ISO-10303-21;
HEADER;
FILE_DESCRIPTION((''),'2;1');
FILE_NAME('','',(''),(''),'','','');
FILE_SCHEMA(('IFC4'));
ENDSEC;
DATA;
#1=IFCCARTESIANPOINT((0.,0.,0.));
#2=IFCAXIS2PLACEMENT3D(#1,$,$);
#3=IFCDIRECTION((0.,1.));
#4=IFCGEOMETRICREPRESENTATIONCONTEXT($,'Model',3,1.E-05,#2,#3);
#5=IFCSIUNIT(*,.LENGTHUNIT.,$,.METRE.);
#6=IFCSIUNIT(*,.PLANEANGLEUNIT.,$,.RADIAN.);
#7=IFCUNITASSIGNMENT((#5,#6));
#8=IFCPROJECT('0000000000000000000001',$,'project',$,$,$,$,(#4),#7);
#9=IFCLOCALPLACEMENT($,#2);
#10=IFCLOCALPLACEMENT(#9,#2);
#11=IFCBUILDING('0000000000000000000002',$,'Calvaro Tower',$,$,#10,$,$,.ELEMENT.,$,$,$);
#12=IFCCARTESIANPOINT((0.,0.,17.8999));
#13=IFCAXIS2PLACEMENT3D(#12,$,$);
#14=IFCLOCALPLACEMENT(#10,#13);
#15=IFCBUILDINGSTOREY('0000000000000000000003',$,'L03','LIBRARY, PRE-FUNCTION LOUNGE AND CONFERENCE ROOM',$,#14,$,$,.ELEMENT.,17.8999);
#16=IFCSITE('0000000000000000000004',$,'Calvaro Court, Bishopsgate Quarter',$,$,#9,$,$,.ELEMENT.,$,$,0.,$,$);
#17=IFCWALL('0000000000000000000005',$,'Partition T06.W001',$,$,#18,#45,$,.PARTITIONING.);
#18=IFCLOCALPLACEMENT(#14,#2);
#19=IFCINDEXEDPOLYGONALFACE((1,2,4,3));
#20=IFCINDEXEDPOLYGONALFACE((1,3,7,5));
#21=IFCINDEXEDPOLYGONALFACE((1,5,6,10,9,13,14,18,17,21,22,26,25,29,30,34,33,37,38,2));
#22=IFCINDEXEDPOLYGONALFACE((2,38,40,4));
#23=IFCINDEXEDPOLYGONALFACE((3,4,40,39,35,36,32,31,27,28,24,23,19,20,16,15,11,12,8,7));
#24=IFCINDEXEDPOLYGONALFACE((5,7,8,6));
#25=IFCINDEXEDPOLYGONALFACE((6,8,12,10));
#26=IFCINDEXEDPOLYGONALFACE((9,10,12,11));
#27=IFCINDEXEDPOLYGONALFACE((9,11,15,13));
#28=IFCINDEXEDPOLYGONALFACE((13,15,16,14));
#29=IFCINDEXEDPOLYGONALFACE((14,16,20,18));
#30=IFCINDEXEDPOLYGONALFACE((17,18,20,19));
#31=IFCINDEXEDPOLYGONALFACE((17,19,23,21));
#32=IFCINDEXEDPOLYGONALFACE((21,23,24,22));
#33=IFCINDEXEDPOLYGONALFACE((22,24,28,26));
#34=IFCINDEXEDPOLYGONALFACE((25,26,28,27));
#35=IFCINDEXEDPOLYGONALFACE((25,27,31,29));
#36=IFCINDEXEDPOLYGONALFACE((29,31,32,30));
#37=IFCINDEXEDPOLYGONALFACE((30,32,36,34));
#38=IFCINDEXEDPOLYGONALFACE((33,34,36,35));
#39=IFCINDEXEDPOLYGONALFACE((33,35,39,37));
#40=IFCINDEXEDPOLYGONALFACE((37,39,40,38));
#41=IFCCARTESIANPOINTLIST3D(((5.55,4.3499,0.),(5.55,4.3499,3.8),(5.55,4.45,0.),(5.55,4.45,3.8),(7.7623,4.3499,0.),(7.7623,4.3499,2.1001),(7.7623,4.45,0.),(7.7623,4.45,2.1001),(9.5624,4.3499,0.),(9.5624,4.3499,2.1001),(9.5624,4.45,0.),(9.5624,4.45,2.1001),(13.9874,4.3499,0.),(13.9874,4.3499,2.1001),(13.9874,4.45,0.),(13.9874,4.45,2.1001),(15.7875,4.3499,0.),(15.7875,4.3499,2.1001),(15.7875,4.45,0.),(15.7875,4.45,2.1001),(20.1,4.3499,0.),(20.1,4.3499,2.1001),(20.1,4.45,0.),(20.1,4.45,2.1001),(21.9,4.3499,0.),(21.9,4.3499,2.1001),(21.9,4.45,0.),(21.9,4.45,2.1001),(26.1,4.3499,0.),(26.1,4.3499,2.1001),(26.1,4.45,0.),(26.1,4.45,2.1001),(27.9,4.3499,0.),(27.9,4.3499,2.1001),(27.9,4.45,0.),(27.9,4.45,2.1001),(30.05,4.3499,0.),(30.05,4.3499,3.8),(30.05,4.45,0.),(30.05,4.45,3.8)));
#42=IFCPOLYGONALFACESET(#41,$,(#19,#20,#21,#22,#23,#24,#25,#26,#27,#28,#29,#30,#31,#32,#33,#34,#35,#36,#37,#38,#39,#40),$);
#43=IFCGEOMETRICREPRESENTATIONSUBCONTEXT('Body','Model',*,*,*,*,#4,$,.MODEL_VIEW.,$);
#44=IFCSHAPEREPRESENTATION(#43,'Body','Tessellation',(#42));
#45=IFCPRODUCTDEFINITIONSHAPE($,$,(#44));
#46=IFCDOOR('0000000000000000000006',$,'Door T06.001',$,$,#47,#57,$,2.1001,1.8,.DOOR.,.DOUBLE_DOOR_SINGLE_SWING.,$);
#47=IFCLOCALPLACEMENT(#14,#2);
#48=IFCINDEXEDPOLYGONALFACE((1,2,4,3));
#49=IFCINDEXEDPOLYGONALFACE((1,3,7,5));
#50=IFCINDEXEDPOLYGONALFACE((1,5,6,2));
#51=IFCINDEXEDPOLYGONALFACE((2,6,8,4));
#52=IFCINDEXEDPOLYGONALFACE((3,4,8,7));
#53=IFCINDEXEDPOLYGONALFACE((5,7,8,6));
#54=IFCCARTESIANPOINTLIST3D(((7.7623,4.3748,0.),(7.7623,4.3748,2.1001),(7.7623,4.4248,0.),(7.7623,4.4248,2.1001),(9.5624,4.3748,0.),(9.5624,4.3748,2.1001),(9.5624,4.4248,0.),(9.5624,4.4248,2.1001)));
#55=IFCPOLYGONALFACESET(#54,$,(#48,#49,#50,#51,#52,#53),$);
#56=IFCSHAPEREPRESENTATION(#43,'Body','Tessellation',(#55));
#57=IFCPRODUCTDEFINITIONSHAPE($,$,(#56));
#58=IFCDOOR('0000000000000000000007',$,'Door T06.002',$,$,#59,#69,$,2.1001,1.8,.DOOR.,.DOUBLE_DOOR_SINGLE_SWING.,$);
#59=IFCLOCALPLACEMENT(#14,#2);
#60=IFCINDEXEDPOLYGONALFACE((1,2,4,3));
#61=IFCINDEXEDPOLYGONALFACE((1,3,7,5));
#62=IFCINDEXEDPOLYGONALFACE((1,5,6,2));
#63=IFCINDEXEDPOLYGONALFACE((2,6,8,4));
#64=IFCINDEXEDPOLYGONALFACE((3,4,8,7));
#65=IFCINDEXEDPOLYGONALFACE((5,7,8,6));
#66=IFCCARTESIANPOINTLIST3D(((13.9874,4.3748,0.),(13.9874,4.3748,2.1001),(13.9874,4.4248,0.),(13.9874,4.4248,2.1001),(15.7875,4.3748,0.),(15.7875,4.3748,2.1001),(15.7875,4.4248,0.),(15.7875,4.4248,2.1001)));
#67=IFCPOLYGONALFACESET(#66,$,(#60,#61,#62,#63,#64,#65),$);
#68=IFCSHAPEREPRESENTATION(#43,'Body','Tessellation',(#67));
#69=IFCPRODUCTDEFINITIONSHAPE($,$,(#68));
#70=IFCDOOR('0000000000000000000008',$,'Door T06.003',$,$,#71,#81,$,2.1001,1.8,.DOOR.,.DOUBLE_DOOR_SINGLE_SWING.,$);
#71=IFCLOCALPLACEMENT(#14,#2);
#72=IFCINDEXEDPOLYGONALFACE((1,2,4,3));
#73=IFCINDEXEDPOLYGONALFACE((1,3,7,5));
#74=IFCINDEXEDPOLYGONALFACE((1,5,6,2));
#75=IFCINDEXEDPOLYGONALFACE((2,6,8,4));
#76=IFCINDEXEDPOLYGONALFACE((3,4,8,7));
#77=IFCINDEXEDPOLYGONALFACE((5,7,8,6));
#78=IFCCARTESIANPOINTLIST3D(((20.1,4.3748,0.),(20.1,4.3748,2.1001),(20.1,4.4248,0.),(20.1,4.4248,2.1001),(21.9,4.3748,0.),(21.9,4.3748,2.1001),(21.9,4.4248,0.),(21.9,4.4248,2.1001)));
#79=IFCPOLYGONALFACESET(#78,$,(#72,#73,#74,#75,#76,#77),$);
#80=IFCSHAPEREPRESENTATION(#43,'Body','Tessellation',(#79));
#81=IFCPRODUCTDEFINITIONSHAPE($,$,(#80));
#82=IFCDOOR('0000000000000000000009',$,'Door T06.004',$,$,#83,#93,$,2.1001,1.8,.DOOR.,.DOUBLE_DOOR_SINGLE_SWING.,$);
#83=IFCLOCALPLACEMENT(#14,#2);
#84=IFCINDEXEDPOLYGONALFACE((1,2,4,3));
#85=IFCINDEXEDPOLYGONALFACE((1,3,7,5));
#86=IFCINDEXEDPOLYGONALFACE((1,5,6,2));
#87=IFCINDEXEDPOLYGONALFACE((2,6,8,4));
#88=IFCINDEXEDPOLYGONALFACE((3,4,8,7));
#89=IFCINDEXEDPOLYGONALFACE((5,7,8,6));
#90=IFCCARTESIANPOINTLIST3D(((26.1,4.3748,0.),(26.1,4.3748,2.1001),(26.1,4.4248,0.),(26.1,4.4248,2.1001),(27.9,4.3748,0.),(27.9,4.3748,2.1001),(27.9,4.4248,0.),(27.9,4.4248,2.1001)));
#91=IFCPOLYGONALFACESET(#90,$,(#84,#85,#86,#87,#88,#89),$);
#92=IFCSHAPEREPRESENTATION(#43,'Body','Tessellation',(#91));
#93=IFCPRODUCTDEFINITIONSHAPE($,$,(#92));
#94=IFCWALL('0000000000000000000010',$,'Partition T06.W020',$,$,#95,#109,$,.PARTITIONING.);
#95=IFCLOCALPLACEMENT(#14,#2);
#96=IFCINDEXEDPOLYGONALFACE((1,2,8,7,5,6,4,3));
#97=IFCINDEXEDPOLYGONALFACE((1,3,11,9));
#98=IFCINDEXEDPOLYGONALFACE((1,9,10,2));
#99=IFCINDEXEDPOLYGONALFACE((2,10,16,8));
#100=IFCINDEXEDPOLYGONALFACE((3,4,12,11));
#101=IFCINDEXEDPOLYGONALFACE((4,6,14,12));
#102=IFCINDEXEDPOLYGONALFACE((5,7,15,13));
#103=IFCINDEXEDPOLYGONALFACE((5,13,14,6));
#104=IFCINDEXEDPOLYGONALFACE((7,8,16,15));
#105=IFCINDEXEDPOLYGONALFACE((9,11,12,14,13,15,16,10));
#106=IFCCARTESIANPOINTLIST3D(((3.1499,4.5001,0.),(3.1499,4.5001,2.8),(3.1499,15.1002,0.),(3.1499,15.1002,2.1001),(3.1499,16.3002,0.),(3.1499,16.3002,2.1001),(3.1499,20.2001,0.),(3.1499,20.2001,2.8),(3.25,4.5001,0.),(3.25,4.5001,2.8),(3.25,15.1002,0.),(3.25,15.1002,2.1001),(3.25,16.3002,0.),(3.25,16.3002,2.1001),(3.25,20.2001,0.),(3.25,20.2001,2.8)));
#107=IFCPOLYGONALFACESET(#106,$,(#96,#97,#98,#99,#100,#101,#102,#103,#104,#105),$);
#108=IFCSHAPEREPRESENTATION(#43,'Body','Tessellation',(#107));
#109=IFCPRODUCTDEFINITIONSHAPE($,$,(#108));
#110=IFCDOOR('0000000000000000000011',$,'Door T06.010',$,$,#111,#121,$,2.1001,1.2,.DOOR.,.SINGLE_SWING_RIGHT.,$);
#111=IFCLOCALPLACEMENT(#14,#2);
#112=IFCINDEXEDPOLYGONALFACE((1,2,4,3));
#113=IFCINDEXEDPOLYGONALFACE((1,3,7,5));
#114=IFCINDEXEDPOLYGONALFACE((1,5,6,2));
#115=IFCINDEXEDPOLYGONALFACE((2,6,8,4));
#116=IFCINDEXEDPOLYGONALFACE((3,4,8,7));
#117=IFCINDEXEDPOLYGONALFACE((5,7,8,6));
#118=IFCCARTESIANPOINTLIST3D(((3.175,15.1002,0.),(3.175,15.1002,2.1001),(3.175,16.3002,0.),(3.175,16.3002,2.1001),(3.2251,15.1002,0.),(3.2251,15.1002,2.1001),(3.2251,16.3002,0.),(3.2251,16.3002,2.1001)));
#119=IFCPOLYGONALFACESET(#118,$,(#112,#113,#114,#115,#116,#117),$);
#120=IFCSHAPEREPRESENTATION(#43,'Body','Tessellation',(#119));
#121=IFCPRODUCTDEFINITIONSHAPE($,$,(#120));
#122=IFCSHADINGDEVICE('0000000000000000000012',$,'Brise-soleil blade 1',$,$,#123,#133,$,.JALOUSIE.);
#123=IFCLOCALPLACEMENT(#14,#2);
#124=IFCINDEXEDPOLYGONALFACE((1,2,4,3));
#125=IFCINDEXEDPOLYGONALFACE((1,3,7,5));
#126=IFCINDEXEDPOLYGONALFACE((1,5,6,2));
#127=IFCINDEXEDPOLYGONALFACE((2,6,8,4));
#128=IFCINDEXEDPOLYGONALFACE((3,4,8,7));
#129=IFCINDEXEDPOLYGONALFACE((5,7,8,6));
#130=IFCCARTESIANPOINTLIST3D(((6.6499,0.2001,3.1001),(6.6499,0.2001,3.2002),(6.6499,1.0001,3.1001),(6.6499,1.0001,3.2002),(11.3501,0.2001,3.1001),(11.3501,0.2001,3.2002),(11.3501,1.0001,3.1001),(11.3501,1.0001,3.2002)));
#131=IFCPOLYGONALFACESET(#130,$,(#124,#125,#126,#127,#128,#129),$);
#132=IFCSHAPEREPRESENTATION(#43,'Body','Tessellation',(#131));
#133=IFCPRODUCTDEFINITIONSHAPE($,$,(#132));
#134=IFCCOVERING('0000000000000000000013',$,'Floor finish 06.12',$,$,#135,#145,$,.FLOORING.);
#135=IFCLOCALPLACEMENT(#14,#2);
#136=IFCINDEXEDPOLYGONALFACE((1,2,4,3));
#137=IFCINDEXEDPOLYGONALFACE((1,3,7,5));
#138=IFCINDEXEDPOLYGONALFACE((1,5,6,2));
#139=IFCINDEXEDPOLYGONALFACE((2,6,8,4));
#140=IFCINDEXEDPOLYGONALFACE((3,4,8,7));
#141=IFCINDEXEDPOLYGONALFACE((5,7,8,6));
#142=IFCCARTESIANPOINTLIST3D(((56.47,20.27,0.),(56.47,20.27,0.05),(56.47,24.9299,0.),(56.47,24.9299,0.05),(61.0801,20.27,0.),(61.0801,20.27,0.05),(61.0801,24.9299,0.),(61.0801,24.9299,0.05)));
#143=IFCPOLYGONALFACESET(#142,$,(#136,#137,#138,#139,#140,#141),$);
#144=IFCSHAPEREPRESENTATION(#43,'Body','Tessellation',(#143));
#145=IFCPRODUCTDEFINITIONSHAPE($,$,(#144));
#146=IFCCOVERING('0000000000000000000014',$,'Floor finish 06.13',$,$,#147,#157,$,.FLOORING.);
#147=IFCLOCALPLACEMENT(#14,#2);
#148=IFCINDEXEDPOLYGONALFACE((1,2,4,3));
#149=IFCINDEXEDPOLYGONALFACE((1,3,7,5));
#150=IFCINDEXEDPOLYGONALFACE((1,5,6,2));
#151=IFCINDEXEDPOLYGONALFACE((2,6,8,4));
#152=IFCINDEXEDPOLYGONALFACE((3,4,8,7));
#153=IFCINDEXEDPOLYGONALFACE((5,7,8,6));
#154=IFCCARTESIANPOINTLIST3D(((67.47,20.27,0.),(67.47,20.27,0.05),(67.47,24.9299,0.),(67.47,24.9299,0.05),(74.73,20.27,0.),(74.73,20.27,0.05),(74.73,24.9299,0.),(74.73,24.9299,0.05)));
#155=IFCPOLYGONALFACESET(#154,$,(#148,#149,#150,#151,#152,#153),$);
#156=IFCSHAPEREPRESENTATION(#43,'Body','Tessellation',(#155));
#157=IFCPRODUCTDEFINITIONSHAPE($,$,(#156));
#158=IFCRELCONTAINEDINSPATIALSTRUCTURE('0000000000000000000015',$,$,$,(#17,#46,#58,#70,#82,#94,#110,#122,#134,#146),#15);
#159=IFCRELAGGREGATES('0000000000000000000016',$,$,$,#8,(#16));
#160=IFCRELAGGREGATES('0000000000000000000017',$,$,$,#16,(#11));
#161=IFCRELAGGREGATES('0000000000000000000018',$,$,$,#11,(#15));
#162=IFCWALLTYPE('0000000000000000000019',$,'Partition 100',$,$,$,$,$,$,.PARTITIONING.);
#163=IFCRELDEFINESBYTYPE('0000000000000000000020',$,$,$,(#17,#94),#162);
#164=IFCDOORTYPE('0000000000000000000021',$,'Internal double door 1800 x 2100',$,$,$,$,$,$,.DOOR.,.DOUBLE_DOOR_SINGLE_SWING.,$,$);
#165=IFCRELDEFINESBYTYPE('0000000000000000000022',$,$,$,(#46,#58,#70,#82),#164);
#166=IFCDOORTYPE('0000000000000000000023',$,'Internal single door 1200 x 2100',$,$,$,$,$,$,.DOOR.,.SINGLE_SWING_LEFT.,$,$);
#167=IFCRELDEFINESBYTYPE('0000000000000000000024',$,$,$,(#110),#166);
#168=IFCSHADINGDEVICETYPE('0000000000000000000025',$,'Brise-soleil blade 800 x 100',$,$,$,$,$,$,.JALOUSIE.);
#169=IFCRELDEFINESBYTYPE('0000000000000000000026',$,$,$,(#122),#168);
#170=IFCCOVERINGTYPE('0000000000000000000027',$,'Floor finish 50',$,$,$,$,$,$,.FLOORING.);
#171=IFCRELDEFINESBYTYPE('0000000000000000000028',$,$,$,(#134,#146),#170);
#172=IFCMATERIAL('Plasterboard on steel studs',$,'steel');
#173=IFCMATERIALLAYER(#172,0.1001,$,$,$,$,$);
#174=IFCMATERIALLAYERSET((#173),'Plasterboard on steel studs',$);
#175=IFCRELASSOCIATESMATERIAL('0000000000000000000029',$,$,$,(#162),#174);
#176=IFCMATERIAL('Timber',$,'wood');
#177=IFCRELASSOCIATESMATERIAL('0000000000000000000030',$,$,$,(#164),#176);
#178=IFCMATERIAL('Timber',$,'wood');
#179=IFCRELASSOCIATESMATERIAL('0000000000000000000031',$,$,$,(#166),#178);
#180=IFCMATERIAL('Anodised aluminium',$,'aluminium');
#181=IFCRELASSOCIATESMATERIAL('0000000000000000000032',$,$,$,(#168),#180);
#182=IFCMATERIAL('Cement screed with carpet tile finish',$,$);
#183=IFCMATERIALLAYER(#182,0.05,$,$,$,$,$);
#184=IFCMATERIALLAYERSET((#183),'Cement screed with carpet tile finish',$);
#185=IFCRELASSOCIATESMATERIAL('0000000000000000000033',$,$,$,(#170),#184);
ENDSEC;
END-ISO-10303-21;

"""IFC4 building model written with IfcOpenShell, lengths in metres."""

from ifc_helpers import new_model, si_unit, direction, frame, frame_2d, origin, origin_2d, place, context, subcontext, project, spatial, polyline, rectangle, outline, extrude, material, layer, layer_set, material_profile, profile_set, type_object, element, fill, save


model = new_model("IFC4")

# Units and contexts
model_context = context("Model", 3, precision=1e-05, world=origin(), true_north=direction((0.0, 1.0)))
body_context = subcontext(model_context, "Body", "Model", "MODEL_VIEW")
ifc_project = project(units=[si_unit("LENGTHUNIT", "METRE"), si_unit("PLANEANGLEUNIT", "RADIAN")], contexts=[model_context])

# Site, building, storey
site_placement = place(None, origin())
site = spatial("IfcSite", under=ifc_project, at=site_placement, Name="Calvaro Court, Bishopsgate Quarter", CompositionType="ELEMENT", RefElevation=0.0)
building_placement = place(site_placement, origin())
building = spatial("IfcBuilding", under=site, at=building_placement, Name="Calvaro Tower", CompositionType="ELEMENT")
storey_placement = place(building_placement, frame((0.0, 0.0, 17.8999)))
storey = spatial("IfcBuildingStorey", under=building, at=storey_placement, Name="L03", Description="LIBRARY, PRE-FUNCTION LOUNGE AND CONFERENCE ROOM", CompositionType="ELEMENT", Elevation=17.8999)

# Wall, openings, doors
ifc_material_1 = material(Name="Plasterboard on steel studs", Category="steel")
ifc_layer_1 = layer(ifc_material_1, 0.1001)
ifc_layer_set_1 = layer_set([ifc_layer_1], Name="Plasterboard on steel studs")
wall_type_1 = type_object("IfcWallType", Name="Partition 100", PredefinedType="PARTITIONING", material=ifc_layer_set_1)
wall_1_placement = place(storey_placement, frame((5.55, 4.3999, 0.0), z_axis=(0.0, 0.0, 1.0), x_axis=(1.0, 0.0, 0.0)))
wall_1 = element("IfcWall", 1, at=wall_1_placement, inside=storey, type_object=wall_type_1, Name="Partition T06.W001", PredefinedType="PARTITIONING", context=body_context, shape_type="SweptSolid", body=[
    extrude(rectangle(XDim=24.5, YDim=0.1001, at=frame_2d((12.25, 0.0))), origin(), (0.0, 0.0, 1.0), 3.8),
])
opening_1_placement = place(wall_1_placement, frame((2.2124, 0.0, 0.0)))
opening_1 = element("IfcOpeningElement", 2, at=opening_1_placement, cuts=wall_1, PredefinedType="OPENING", context=body_context, shape_type="SweptSolid", body=[
    extrude(rectangle(XDim=1.8, YDim=2.1001, at=frame_2d((0.8999, 1.05))), frame((0.0, 0.0601, 0.0), z_axis=(0.0, -1.0, 0.0), x_axis=(1.0, 0.0, 0.0)), (0.0, 0.0, 1.0), 0.1201),
])
opening_2_placement = place(wall_1_placement, frame((8.4375, 0.0, 0.0)))
opening_2 = element("IfcOpeningElement", 3, at=opening_2_placement, cuts=wall_1, PredefinedType="OPENING", context=body_context, shape_type="SweptSolid", body=[
    extrude(rectangle(XDim=1.8, YDim=2.1001, at=frame_2d((0.8999, 1.05))), frame((0.0, 0.0601, 0.0), z_axis=(0.0, -1.0, 0.0), x_axis=(1.0, 0.0, 0.0)), (0.0, 0.0, 1.0), 0.1201),
])
opening_3_placement = place(wall_1_placement, frame((14.55, 0.0, 0.0)))
opening_3 = element("IfcOpeningElement", 4, at=opening_3_placement, cuts=wall_1, PredefinedType="OPENING", context=body_context, shape_type="SweptSolid", body=[
    extrude(rectangle(XDim=1.8, YDim=2.1001, at=frame_2d((0.8999, 1.05))), frame((0.0, 0.0601, 0.0), z_axis=(0.0, -1.0, 0.0), x_axis=(1.0, 0.0, 0.0)), (0.0, 0.0, 1.0), 0.1201),
])
opening_4_placement = place(wall_1_placement, frame((20.55, 0.0, 0.0)))
opening_4 = element("IfcOpeningElement", 5, at=opening_4_placement, cuts=wall_1, PredefinedType="OPENING", context=body_context, shape_type="SweptSolid", body=[
    extrude(rectangle(XDim=1.8, YDim=2.1001, at=frame_2d((0.8999, 1.05))), frame((0.0, 0.0601, 0.0), z_axis=(0.0, -1.0, 0.0), x_axis=(1.0, 0.0, 0.0)), (0.0, 0.0, 1.0), 0.1201),
])
ifc_material_2 = material(Name="Timber", Category="wood")
door_type_1 = type_object("IfcDoorType", Name="Internal double door 1800 x 2100", OperationType="DOUBLE_DOOR_SINGLE_SWING", PredefinedType="DOOR", material=ifc_material_2)
door_1_placement = place(opening_1_placement, origin())
door_1 = element("IfcDoor", 6, at=door_1_placement, inside=storey, type_object=door_type_1, Name="Door T06.001", OperationType="DOUBLE_DOOR_SINGLE_SWING", OverallHeight=2.1001, OverallWidth=1.8, PredefinedType="DOOR", context=body_context, shape_type="SweptSolid", body=[
    extrude(rectangle(XDim=1.8, YDim=2.1001, at=frame_2d((0.8999, 1.05))), frame((0.0, 0.0249, 0.0), z_axis=(0.0, -1.0, 0.0), x_axis=(1.0, 0.0, 0.0)), (0.0, 0.0, 1.0), 0.05),
])
fill(opening_1, door_1)
door_2_placement = place(opening_2_placement, origin())
door_2 = element("IfcDoor", 7, at=door_2_placement, inside=storey, type_object=door_type_1, Name="Door T06.002", OperationType="DOUBLE_DOOR_SINGLE_SWING", OverallHeight=2.1001, OverallWidth=1.8, PredefinedType="DOOR", context=body_context, shape_type="SweptSolid", body=[
    extrude(rectangle(XDim=1.8, YDim=2.1001, at=frame_2d((0.8999, 1.05))), frame((0.0, 0.0249, 0.0), z_axis=(0.0, -1.0, 0.0), x_axis=(1.0, 0.0, 0.0)), (0.0, 0.0, 1.0), 0.05),
])
fill(opening_2, door_2)
door_3_placement = place(opening_3_placement, origin())
door_3 = element("IfcDoor", 8, at=door_3_placement, inside=storey, type_object=door_type_1, Name="Door T06.003", OperationType="DOUBLE_DOOR_SINGLE_SWING", OverallHeight=2.1001, OverallWidth=1.8, PredefinedType="DOOR", context=body_context, shape_type="SweptSolid", body=[
    extrude(rectangle(XDim=1.8, YDim=2.1001, at=frame_2d((0.8999, 1.05))), frame((0.0, 0.0249, 0.0), z_axis=(0.0, -1.0, 0.0), x_axis=(1.0, 0.0, 0.0)), (0.0, 0.0, 1.0), 0.05),
])
fill(opening_3, door_3)
door_4_placement = place(opening_4_placement, origin())
door_4 = element("IfcDoor", 9, at=door_4_placement, inside=storey, type_object=door_type_1, Name="Door T06.004", OperationType="DOUBLE_DOOR_SINGLE_SWING", OverallHeight=2.1001, OverallWidth=1.8, PredefinedType="DOOR", context=body_context, shape_type="SweptSolid", body=[
    extrude(rectangle(XDim=1.8, YDim=2.1001, at=frame_2d((0.8999, 1.05))), frame((0.0, 0.0249, 0.0), z_axis=(0.0, -1.0, 0.0), x_axis=(1.0, 0.0, 0.0)), (0.0, 0.0, 1.0), 0.05),
])
fill(opening_4, door_4)

# Wall, opening, door
wall_2_placement = place(storey_placement, frame((3.2, 4.5, 0.0), z_axis=(0.0, 0.0, 1.0), x_axis=(0.0, 1.0, 0.0)))
wall_2 = element("IfcWall", 10, at=wall_2_placement, inside=storey, type_object=wall_type_1, Name="Partition T06.W020", PredefinedType="PARTITIONING", context=body_context, shape_type="SweptSolid", body=[
    extrude(rectangle(XDim=15.7, YDim=0.1001, at=frame_2d((7.8501, 0.0))), origin(), (0.0, 0.0, 1.0), 2.8),
])
opening_5_placement = place(wall_2_placement, frame((10.6001, 0.0, 0.0)))
opening_5 = element("IfcOpeningElement", 11, at=opening_5_placement, cuts=wall_2, PredefinedType="OPENING", context=body_context, shape_type="SweptSolid", body=[
    extrude(rectangle(XDim=1.2, YDim=2.1001, at=frame_2d((0.6001, 1.05))), frame((0.0, 0.0601, 0.0), z_axis=(0.0, -1.0, 0.0), x_axis=(1.0, 0.0, 0.0)), (0.0, 0.0, 1.0), 0.1201),
])
ifc_material_3 = material(Name="Timber", Category="wood")
door_type_2 = type_object("IfcDoorType", Name="Internal single door 1200 x 2100", OperationType="SINGLE_SWING_LEFT", PredefinedType="DOOR", material=ifc_material_3)
door_5_placement = place(opening_5_placement, origin())
door_5 = element("IfcDoor", 12, at=door_5_placement, inside=storey, type_object=door_type_2, Name="Door T06.010", OperationType="SINGLE_SWING_RIGHT", OverallHeight=2.1001, OverallWidth=1.2, PredefinedType="DOOR", context=body_context, shape_type="SweptSolid", body=[
    extrude(rectangle(XDim=1.2, YDim=2.1001, at=frame_2d((0.6001, 1.05))), frame((0.0, 0.0249, 0.0), z_axis=(0.0, -1.0, 0.0), x_axis=(1.0, 0.0, 0.0)), (0.0, 0.0, 1.0), 0.05),
])
fill(opening_5, door_5)

# Shading device
ifc_material_4 = material(Name="Anodised aluminium", Category="aluminium")
ifc_material_profile_1 = material_profile(ifc_material_4, rectangle(XDim=0.8, YDim=0.1001, at=origin_2d()), Name="Brise-soleil blade 800 x 100")
ifc_profile_set_1 = profile_set([ifc_material_profile_1], Name="Anodised aluminium")
shading_device_type = type_object("IfcShadingDeviceType", Name="Brise-soleil blade 800 x 100", PredefinedType="JALOUSIE", material=ifc_profile_set_1)
shading_device_placement = place(storey_placement, frame((6.6499, 0.6001, 3.1501), z_axis=(1.0, 0.0, 0.0), x_axis=(0.0, 1.0, 0.0)))
element("IfcShadingDevice", 13, at=shading_device_placement, inside=storey, type_object=shading_device_type, Name="Brise-soleil blade 1", PredefinedType="JALOUSIE", context=body_context, shape_type="SweptSolid", body=[
    extrude(rectangle(XDim=0.8, YDim=0.1001, at=origin_2d()), origin(), (0.0, 0.0, 1.0), 4.7002),
])

# Coverings
ifc_material_5 = material(Name="Cement screed with carpet tile finish")
ifc_layer_2 = layer(ifc_material_5, 0.05)
ifc_layer_set_2 = layer_set([ifc_layer_2], Name="Cement screed with carpet tile finish")
covering_type = type_object("IfcCoveringType", Name="Floor finish 50", PredefinedType="FLOORING", material=ifc_layer_set_2)
covering_1_placement = place(storey_placement, origin())
element("IfcCovering", 14, at=covering_1_placement, inside=storey, type_object=covering_type, Name="Floor finish 06.12", PredefinedType="FLOORING", context=body_context, shape_type="SweptSolid", body=[
    extrude(outline(polyline([(56.47, 20.27), (56.47, 24.9299), (61.0801, 24.9299), (61.0801, 20.27), (56.47, 20.27)])), origin(), (0.0, 0.0, 1.0), 0.05),
])
covering_2_placement = place(storey_placement, origin())
element("IfcCovering", 15, at=covering_2_placement, inside=storey, type_object=covering_type, Name="Floor finish 06.13", PredefinedType="FLOORING", context=body_context, shape_type="SweptSolid", body=[
    extrude(outline(polyline([(67.47, 20.27), (67.47, 24.9299), (74.73, 24.9299), (74.73, 20.27), (67.47, 20.27)])), origin(), (0.0, 0.0, 1.0), 0.05),
])

save(model, "model.ifc")
